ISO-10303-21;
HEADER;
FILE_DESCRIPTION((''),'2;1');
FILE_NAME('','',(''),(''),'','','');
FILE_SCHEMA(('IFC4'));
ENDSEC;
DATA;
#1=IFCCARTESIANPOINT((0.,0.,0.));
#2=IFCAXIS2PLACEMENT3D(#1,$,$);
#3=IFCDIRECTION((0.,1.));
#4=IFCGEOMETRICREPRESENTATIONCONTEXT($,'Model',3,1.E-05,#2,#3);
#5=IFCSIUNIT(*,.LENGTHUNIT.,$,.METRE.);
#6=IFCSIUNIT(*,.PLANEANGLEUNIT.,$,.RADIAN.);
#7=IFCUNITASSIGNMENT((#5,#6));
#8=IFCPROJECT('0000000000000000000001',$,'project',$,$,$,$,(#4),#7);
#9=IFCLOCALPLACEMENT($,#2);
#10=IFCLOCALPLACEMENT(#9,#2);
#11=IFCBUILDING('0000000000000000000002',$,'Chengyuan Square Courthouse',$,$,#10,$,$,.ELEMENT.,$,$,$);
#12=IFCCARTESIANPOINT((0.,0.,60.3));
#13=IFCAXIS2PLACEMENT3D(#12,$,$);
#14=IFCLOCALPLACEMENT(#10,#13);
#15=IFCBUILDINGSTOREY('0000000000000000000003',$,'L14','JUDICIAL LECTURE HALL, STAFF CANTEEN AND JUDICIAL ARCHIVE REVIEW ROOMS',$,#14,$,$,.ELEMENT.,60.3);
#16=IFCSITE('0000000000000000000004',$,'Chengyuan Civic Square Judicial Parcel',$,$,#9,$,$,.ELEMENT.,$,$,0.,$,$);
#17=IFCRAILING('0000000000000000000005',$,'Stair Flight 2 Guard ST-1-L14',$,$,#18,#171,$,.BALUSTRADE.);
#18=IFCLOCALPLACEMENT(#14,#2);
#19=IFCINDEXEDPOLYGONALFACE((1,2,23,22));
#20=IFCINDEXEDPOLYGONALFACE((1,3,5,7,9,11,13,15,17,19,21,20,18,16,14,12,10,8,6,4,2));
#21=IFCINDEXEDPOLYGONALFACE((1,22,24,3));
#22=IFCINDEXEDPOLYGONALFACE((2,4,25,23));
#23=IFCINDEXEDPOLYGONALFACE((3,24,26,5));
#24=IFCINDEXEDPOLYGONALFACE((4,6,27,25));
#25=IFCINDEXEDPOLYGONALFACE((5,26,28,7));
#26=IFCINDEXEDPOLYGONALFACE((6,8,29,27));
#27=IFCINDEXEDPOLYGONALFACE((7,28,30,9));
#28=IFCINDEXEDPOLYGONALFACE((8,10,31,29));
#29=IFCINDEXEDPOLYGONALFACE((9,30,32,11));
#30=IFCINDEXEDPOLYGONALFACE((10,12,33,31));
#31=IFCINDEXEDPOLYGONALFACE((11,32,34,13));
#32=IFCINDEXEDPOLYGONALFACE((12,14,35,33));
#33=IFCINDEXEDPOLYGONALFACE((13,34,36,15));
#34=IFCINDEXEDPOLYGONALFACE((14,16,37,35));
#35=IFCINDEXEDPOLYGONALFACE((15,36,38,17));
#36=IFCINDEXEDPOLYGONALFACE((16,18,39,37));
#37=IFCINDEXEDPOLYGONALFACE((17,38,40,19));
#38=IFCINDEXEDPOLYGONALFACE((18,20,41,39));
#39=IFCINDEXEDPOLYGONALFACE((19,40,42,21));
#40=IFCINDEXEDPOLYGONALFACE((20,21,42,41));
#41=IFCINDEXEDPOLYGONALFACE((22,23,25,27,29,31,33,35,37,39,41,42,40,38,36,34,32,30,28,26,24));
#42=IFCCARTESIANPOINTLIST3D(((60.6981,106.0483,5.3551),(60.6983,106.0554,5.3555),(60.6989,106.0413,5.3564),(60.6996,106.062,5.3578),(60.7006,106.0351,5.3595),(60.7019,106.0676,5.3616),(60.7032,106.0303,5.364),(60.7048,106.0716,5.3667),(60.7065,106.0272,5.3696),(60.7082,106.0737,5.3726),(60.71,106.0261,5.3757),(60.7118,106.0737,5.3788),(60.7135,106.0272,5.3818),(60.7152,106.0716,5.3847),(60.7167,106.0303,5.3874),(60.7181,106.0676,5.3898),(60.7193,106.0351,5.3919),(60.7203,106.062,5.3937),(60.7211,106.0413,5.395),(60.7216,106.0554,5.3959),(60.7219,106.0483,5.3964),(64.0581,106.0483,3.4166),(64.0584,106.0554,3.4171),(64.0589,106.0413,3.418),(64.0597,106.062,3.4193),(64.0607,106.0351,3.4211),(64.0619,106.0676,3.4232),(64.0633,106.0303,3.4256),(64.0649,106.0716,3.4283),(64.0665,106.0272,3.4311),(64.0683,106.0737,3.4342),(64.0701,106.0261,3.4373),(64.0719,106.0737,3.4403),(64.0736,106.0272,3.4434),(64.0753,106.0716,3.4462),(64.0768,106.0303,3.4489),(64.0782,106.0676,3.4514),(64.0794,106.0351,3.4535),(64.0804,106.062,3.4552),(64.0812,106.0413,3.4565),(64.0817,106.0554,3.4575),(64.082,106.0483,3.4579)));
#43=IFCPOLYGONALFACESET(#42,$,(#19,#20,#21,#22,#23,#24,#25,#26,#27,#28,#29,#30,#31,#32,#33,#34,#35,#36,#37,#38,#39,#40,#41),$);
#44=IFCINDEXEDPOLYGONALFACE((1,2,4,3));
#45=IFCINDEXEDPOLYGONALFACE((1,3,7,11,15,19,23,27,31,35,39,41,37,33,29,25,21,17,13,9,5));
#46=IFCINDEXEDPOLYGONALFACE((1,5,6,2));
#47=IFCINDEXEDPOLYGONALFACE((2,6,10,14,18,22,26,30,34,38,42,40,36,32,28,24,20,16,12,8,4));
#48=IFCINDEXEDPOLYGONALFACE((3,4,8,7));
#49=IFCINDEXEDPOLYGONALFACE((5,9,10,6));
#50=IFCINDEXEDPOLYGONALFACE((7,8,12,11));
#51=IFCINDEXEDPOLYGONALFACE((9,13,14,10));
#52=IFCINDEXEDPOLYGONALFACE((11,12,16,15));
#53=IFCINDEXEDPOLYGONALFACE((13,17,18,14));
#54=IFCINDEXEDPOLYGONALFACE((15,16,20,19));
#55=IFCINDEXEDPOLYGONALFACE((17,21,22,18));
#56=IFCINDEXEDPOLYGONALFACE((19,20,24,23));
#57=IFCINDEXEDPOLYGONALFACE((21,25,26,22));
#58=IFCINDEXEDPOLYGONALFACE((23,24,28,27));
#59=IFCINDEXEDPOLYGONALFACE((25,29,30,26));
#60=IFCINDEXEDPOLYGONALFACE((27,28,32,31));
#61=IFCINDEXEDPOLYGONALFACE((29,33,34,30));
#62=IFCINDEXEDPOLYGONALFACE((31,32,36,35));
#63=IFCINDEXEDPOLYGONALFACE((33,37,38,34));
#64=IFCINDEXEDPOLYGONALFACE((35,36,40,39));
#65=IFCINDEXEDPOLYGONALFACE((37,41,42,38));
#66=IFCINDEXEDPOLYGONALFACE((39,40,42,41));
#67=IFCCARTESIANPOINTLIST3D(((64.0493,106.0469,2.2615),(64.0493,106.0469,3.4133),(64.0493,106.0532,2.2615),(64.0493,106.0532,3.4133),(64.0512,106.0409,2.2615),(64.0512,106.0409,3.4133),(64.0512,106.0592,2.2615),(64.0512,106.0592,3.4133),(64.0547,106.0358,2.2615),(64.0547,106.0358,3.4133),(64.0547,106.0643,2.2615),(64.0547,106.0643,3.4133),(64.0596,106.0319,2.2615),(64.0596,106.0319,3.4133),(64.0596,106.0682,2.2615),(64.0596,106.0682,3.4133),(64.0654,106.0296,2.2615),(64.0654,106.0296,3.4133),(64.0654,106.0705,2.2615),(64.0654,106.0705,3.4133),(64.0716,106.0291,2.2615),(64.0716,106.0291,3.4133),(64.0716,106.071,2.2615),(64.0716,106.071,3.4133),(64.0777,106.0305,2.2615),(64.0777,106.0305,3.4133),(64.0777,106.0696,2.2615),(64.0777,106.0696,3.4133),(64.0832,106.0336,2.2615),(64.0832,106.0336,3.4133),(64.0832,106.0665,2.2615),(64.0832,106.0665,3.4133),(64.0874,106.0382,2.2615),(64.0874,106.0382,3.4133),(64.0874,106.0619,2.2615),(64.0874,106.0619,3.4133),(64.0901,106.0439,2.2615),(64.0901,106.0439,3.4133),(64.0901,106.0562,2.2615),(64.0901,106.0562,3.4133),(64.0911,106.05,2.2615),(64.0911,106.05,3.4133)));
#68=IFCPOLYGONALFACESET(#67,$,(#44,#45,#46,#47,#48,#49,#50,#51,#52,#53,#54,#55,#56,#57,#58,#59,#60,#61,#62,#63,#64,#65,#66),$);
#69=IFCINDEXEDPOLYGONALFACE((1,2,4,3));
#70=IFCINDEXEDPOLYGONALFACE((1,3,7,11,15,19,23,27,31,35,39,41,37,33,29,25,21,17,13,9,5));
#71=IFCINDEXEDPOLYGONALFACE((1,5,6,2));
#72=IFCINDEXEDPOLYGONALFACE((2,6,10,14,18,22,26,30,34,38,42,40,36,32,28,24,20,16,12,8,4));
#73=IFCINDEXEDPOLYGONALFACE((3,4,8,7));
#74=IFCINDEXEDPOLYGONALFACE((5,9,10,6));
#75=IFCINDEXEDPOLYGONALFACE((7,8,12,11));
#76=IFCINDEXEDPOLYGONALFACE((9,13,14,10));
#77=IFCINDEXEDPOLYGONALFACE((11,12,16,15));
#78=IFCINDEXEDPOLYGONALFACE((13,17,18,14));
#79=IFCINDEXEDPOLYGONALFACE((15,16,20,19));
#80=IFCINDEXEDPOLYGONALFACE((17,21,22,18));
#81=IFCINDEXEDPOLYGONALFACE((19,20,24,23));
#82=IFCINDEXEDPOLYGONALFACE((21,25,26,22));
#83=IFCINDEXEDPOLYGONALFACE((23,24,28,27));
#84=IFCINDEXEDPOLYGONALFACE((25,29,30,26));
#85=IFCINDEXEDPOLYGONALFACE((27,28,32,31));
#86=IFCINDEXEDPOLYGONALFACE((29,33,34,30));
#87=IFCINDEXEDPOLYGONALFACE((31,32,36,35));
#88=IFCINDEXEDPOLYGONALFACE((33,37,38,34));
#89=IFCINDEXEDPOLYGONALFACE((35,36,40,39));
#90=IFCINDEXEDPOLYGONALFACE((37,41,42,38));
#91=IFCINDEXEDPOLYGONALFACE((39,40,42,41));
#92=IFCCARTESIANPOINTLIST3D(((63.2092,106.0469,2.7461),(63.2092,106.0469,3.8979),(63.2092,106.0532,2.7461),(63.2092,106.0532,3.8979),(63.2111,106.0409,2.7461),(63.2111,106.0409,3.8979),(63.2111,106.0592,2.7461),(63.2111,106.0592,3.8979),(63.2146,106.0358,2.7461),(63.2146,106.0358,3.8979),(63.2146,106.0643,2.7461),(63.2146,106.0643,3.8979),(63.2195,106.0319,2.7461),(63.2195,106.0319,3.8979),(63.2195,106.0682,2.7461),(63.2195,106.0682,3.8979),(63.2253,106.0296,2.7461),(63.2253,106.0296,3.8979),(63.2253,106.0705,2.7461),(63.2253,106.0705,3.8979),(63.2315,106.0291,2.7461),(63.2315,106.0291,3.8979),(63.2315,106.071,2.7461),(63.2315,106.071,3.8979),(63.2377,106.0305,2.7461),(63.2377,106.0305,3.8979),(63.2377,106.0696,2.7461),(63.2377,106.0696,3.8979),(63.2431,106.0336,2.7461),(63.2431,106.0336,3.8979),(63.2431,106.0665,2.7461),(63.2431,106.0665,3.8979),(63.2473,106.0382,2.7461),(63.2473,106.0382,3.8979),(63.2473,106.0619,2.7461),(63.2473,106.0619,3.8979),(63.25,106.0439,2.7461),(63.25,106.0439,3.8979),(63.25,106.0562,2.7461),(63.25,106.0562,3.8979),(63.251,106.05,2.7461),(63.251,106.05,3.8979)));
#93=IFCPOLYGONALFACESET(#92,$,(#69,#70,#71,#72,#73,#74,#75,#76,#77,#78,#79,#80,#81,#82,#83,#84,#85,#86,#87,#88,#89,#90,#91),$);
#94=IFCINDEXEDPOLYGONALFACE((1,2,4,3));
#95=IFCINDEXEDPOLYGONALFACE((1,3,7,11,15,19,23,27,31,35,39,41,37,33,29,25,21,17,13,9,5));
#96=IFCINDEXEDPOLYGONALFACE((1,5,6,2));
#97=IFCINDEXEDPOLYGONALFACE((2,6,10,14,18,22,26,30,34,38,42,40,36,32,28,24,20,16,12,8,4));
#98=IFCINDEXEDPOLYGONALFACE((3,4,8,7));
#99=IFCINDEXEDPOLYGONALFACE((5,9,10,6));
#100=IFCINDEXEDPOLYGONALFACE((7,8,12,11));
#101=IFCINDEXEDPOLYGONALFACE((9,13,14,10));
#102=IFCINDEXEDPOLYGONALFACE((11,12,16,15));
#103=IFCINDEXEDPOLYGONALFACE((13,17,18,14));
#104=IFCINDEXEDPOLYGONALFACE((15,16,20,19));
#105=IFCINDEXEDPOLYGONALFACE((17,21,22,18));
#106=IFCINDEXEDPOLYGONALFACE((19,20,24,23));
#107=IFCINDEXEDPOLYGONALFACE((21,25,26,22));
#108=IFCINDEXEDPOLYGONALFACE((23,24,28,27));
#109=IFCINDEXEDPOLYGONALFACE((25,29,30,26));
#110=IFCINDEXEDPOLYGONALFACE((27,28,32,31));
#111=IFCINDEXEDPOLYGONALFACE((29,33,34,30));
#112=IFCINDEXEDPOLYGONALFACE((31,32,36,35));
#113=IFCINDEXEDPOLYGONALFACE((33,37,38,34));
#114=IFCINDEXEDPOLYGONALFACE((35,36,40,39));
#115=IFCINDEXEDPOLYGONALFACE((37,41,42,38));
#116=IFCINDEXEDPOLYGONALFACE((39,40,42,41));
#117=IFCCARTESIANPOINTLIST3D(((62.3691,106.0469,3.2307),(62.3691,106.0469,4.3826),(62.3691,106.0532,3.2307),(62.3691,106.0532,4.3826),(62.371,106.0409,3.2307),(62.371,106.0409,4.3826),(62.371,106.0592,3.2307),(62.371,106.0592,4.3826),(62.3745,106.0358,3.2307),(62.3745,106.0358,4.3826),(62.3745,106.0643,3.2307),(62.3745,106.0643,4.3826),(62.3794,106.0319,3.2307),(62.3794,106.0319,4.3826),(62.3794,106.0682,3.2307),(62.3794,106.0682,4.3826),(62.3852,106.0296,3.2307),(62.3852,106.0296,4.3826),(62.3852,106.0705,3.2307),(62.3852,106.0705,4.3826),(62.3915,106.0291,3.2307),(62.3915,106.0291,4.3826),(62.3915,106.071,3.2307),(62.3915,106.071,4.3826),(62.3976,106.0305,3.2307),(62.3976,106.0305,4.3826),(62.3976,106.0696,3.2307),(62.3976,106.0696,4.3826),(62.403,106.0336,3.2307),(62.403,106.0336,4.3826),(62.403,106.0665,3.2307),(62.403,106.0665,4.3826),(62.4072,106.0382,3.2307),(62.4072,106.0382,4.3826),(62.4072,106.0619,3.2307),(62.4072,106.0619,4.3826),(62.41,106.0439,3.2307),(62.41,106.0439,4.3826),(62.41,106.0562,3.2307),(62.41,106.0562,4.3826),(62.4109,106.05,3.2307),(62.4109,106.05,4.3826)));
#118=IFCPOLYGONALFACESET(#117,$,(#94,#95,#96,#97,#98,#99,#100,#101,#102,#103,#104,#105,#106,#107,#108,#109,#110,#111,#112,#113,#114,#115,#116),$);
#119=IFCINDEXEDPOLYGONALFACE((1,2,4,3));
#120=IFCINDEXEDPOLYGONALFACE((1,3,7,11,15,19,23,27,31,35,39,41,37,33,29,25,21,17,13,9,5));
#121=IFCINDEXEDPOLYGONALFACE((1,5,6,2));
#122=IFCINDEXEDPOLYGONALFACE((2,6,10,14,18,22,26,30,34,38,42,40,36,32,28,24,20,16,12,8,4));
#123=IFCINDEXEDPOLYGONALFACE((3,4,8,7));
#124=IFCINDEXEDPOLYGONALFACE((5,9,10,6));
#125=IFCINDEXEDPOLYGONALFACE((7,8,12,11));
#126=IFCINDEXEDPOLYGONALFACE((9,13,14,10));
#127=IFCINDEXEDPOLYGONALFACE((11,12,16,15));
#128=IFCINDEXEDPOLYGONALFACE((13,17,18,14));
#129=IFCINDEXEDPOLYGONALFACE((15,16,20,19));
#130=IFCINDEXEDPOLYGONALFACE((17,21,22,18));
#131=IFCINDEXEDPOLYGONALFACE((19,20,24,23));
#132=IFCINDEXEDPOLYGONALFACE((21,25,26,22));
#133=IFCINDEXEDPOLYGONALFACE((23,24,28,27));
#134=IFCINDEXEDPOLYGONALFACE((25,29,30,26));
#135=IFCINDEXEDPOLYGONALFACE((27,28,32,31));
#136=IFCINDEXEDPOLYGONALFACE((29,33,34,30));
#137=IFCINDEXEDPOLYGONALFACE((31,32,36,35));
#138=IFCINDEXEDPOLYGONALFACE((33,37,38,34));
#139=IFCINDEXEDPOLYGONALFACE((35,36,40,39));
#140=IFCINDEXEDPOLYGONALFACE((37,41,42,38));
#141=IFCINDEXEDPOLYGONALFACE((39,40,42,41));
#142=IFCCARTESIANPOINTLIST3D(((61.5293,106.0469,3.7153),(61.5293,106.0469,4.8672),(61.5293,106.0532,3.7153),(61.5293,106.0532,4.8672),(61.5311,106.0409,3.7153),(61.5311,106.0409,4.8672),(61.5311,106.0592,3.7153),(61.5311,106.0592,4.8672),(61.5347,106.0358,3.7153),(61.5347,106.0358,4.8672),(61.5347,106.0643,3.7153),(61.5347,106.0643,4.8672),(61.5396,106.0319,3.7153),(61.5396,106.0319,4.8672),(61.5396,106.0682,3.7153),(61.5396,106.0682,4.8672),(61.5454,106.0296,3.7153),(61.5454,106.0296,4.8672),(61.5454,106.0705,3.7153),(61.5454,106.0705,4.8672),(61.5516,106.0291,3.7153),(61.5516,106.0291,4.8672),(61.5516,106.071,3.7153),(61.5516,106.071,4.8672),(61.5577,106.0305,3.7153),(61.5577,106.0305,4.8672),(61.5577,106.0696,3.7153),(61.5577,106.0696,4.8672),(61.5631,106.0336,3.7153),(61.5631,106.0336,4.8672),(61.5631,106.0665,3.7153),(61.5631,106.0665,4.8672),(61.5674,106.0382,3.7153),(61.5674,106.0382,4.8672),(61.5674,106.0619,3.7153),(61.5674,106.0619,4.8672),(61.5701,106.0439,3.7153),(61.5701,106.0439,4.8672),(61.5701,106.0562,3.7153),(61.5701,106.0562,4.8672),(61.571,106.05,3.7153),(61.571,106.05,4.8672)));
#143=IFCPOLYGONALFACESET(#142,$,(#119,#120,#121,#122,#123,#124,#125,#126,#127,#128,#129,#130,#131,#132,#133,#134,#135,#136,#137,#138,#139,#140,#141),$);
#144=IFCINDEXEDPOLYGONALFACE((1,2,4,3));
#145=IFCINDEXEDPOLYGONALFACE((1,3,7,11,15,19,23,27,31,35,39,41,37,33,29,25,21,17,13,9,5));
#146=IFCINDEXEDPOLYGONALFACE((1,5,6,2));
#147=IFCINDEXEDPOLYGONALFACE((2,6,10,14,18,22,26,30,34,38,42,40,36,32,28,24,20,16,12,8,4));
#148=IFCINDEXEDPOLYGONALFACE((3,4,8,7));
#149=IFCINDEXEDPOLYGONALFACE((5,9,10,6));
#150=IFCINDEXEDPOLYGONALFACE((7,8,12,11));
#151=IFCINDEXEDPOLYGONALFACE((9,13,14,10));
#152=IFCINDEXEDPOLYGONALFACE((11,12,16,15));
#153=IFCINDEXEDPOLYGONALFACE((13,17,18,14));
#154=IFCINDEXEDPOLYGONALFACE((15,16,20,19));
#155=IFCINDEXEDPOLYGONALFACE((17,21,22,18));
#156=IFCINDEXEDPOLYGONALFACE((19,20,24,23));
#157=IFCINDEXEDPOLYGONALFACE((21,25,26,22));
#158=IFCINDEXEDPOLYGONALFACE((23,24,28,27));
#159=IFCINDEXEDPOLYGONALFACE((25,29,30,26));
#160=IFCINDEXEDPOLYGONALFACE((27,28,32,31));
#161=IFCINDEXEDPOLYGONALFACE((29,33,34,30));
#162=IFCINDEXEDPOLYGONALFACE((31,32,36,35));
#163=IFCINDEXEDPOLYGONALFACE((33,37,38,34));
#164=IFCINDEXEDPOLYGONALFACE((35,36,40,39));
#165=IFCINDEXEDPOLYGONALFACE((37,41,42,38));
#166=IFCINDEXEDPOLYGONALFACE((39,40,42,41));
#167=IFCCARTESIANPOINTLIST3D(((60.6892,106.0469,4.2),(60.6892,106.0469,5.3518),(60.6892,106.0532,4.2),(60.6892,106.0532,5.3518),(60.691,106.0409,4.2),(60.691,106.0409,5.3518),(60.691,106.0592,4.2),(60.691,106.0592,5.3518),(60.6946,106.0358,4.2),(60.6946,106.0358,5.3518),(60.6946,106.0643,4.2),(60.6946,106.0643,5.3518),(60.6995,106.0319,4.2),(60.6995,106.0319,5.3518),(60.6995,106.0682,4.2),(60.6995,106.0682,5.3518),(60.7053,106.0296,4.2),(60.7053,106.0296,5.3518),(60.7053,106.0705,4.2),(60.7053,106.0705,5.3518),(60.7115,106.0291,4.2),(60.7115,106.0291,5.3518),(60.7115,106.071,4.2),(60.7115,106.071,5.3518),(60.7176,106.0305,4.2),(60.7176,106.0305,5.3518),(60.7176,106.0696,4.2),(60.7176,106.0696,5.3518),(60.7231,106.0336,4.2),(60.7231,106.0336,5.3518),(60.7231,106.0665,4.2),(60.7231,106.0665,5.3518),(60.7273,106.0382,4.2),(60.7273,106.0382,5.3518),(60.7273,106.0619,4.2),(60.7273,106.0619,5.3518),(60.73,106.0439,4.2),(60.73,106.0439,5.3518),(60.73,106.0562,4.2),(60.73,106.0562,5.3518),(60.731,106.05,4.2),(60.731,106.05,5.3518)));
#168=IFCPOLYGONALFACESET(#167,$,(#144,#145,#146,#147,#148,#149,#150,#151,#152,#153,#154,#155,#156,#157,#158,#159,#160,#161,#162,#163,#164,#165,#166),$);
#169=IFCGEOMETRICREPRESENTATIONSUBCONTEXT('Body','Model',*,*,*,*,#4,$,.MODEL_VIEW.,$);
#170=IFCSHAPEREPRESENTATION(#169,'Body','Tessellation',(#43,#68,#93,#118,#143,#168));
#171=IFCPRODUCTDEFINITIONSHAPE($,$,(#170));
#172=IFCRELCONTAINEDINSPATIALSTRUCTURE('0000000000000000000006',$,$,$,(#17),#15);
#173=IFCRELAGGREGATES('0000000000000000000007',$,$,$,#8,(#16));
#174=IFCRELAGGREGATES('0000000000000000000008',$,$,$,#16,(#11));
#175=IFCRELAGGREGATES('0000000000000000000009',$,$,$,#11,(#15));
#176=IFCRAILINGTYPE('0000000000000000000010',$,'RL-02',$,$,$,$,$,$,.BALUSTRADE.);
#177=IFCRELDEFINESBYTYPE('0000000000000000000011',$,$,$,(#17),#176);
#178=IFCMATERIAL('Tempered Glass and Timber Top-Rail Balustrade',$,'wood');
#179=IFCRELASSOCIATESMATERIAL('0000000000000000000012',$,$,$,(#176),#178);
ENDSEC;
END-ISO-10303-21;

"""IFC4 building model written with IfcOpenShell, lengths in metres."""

from ifc_helpers import new_model, si_unit, direction, frame, origin, origin_2d, place, context, subcontext, project, spatial, circle, extrude, material, type_object, element, save


model = new_model("IFC4")

# Units and contexts
model_context = context("Model", 3, precision=1e-05, world=origin(), true_north=direction((0.0, 1.0)))
body_context = subcontext(model_context, "Body", "Model", "MODEL_VIEW")
ifc_project = project(units=[si_unit("LENGTHUNIT", "METRE"), si_unit("PLANEANGLEUNIT", "RADIAN")], contexts=[model_context])

# Site, building, storey
site_placement = place(None, origin())
site = spatial("IfcSite", under=ifc_project, at=site_placement, Name="Chengyuan Civic Square Judicial Parcel", CompositionType="ELEMENT", RefElevation=0.0)
building_placement = place(site_placement, origin())
building = spatial("IfcBuilding", under=site, at=building_placement, Name="Chengyuan Square Courthouse", CompositionType="ELEMENT")
storey_placement = place(building_placement, frame((0.0, 0.0, 60.3)))
storey = spatial("IfcBuildingStorey", under=building, at=storey_placement, Name="L14", Description="JUDICIAL LECTURE HALL, STAFF CANTEEN AND JUDICIAL ARCHIVE REVIEW ROOMS", CompositionType="ELEMENT", Elevation=60.3)

# Railing
ifc_material_1 = material(Name="Tempered Glass and Timber Top-Rail Balustrade", Category="wood")
railing_type_1 = type_object("IfcRailingType", Name="RL-02", PredefinedType="BALUSTRADE", material=ifc_material_1)
railing_1_placement = place(storey_placement, frame((64.0701, 106.05, 2.2615)))
element("IfcRailing", 1, at=railing_1_placement, inside=storey, type_object=railing_type_1, Name="Stair Flight 2 Guard ST-1-L14", PredefinedType="BALUSTRADE", context=body_context, shape_type="SweptSolid", body=[
    extrude(circle(Radius=0.0239, at=origin_2d()), frame((0.0, 0.0, 1.1758), z_axis=(-0.866191, 0.0, 0.499713), x_axis=(0.0, -1.0, 0.0)), (0.0, 0.0, 1.0), 3.8792),
    extrude(circle(Radius=0.021, at=origin_2d()), origin(), (0.0, 0.0, 1.0), 1.1519),
    extrude(circle(Radius=0.021, at=origin_2d()), frame((-0.8401, 0.0, 0.4846)), (0.0, 0.0, 1.0), 1.1519),
    extrude(circle(Radius=0.021, at=origin_2d()), frame((-1.6802, 0.0, 0.9692)), (0.0, 0.0, 1.0), 1.1519),
    extrude(circle(Radius=0.021, at=origin_2d()), frame((-2.52, 0.0, 1.4539)), (0.0, 0.0, 1.0), 1.1519),
    extrude(circle(Radius=0.021, at=origin_2d()), frame((-3.3601, 0.0, 1.9385)), (0.0, 0.0, 1.0), 1.1519),
])

save(model, "model.ifc")
